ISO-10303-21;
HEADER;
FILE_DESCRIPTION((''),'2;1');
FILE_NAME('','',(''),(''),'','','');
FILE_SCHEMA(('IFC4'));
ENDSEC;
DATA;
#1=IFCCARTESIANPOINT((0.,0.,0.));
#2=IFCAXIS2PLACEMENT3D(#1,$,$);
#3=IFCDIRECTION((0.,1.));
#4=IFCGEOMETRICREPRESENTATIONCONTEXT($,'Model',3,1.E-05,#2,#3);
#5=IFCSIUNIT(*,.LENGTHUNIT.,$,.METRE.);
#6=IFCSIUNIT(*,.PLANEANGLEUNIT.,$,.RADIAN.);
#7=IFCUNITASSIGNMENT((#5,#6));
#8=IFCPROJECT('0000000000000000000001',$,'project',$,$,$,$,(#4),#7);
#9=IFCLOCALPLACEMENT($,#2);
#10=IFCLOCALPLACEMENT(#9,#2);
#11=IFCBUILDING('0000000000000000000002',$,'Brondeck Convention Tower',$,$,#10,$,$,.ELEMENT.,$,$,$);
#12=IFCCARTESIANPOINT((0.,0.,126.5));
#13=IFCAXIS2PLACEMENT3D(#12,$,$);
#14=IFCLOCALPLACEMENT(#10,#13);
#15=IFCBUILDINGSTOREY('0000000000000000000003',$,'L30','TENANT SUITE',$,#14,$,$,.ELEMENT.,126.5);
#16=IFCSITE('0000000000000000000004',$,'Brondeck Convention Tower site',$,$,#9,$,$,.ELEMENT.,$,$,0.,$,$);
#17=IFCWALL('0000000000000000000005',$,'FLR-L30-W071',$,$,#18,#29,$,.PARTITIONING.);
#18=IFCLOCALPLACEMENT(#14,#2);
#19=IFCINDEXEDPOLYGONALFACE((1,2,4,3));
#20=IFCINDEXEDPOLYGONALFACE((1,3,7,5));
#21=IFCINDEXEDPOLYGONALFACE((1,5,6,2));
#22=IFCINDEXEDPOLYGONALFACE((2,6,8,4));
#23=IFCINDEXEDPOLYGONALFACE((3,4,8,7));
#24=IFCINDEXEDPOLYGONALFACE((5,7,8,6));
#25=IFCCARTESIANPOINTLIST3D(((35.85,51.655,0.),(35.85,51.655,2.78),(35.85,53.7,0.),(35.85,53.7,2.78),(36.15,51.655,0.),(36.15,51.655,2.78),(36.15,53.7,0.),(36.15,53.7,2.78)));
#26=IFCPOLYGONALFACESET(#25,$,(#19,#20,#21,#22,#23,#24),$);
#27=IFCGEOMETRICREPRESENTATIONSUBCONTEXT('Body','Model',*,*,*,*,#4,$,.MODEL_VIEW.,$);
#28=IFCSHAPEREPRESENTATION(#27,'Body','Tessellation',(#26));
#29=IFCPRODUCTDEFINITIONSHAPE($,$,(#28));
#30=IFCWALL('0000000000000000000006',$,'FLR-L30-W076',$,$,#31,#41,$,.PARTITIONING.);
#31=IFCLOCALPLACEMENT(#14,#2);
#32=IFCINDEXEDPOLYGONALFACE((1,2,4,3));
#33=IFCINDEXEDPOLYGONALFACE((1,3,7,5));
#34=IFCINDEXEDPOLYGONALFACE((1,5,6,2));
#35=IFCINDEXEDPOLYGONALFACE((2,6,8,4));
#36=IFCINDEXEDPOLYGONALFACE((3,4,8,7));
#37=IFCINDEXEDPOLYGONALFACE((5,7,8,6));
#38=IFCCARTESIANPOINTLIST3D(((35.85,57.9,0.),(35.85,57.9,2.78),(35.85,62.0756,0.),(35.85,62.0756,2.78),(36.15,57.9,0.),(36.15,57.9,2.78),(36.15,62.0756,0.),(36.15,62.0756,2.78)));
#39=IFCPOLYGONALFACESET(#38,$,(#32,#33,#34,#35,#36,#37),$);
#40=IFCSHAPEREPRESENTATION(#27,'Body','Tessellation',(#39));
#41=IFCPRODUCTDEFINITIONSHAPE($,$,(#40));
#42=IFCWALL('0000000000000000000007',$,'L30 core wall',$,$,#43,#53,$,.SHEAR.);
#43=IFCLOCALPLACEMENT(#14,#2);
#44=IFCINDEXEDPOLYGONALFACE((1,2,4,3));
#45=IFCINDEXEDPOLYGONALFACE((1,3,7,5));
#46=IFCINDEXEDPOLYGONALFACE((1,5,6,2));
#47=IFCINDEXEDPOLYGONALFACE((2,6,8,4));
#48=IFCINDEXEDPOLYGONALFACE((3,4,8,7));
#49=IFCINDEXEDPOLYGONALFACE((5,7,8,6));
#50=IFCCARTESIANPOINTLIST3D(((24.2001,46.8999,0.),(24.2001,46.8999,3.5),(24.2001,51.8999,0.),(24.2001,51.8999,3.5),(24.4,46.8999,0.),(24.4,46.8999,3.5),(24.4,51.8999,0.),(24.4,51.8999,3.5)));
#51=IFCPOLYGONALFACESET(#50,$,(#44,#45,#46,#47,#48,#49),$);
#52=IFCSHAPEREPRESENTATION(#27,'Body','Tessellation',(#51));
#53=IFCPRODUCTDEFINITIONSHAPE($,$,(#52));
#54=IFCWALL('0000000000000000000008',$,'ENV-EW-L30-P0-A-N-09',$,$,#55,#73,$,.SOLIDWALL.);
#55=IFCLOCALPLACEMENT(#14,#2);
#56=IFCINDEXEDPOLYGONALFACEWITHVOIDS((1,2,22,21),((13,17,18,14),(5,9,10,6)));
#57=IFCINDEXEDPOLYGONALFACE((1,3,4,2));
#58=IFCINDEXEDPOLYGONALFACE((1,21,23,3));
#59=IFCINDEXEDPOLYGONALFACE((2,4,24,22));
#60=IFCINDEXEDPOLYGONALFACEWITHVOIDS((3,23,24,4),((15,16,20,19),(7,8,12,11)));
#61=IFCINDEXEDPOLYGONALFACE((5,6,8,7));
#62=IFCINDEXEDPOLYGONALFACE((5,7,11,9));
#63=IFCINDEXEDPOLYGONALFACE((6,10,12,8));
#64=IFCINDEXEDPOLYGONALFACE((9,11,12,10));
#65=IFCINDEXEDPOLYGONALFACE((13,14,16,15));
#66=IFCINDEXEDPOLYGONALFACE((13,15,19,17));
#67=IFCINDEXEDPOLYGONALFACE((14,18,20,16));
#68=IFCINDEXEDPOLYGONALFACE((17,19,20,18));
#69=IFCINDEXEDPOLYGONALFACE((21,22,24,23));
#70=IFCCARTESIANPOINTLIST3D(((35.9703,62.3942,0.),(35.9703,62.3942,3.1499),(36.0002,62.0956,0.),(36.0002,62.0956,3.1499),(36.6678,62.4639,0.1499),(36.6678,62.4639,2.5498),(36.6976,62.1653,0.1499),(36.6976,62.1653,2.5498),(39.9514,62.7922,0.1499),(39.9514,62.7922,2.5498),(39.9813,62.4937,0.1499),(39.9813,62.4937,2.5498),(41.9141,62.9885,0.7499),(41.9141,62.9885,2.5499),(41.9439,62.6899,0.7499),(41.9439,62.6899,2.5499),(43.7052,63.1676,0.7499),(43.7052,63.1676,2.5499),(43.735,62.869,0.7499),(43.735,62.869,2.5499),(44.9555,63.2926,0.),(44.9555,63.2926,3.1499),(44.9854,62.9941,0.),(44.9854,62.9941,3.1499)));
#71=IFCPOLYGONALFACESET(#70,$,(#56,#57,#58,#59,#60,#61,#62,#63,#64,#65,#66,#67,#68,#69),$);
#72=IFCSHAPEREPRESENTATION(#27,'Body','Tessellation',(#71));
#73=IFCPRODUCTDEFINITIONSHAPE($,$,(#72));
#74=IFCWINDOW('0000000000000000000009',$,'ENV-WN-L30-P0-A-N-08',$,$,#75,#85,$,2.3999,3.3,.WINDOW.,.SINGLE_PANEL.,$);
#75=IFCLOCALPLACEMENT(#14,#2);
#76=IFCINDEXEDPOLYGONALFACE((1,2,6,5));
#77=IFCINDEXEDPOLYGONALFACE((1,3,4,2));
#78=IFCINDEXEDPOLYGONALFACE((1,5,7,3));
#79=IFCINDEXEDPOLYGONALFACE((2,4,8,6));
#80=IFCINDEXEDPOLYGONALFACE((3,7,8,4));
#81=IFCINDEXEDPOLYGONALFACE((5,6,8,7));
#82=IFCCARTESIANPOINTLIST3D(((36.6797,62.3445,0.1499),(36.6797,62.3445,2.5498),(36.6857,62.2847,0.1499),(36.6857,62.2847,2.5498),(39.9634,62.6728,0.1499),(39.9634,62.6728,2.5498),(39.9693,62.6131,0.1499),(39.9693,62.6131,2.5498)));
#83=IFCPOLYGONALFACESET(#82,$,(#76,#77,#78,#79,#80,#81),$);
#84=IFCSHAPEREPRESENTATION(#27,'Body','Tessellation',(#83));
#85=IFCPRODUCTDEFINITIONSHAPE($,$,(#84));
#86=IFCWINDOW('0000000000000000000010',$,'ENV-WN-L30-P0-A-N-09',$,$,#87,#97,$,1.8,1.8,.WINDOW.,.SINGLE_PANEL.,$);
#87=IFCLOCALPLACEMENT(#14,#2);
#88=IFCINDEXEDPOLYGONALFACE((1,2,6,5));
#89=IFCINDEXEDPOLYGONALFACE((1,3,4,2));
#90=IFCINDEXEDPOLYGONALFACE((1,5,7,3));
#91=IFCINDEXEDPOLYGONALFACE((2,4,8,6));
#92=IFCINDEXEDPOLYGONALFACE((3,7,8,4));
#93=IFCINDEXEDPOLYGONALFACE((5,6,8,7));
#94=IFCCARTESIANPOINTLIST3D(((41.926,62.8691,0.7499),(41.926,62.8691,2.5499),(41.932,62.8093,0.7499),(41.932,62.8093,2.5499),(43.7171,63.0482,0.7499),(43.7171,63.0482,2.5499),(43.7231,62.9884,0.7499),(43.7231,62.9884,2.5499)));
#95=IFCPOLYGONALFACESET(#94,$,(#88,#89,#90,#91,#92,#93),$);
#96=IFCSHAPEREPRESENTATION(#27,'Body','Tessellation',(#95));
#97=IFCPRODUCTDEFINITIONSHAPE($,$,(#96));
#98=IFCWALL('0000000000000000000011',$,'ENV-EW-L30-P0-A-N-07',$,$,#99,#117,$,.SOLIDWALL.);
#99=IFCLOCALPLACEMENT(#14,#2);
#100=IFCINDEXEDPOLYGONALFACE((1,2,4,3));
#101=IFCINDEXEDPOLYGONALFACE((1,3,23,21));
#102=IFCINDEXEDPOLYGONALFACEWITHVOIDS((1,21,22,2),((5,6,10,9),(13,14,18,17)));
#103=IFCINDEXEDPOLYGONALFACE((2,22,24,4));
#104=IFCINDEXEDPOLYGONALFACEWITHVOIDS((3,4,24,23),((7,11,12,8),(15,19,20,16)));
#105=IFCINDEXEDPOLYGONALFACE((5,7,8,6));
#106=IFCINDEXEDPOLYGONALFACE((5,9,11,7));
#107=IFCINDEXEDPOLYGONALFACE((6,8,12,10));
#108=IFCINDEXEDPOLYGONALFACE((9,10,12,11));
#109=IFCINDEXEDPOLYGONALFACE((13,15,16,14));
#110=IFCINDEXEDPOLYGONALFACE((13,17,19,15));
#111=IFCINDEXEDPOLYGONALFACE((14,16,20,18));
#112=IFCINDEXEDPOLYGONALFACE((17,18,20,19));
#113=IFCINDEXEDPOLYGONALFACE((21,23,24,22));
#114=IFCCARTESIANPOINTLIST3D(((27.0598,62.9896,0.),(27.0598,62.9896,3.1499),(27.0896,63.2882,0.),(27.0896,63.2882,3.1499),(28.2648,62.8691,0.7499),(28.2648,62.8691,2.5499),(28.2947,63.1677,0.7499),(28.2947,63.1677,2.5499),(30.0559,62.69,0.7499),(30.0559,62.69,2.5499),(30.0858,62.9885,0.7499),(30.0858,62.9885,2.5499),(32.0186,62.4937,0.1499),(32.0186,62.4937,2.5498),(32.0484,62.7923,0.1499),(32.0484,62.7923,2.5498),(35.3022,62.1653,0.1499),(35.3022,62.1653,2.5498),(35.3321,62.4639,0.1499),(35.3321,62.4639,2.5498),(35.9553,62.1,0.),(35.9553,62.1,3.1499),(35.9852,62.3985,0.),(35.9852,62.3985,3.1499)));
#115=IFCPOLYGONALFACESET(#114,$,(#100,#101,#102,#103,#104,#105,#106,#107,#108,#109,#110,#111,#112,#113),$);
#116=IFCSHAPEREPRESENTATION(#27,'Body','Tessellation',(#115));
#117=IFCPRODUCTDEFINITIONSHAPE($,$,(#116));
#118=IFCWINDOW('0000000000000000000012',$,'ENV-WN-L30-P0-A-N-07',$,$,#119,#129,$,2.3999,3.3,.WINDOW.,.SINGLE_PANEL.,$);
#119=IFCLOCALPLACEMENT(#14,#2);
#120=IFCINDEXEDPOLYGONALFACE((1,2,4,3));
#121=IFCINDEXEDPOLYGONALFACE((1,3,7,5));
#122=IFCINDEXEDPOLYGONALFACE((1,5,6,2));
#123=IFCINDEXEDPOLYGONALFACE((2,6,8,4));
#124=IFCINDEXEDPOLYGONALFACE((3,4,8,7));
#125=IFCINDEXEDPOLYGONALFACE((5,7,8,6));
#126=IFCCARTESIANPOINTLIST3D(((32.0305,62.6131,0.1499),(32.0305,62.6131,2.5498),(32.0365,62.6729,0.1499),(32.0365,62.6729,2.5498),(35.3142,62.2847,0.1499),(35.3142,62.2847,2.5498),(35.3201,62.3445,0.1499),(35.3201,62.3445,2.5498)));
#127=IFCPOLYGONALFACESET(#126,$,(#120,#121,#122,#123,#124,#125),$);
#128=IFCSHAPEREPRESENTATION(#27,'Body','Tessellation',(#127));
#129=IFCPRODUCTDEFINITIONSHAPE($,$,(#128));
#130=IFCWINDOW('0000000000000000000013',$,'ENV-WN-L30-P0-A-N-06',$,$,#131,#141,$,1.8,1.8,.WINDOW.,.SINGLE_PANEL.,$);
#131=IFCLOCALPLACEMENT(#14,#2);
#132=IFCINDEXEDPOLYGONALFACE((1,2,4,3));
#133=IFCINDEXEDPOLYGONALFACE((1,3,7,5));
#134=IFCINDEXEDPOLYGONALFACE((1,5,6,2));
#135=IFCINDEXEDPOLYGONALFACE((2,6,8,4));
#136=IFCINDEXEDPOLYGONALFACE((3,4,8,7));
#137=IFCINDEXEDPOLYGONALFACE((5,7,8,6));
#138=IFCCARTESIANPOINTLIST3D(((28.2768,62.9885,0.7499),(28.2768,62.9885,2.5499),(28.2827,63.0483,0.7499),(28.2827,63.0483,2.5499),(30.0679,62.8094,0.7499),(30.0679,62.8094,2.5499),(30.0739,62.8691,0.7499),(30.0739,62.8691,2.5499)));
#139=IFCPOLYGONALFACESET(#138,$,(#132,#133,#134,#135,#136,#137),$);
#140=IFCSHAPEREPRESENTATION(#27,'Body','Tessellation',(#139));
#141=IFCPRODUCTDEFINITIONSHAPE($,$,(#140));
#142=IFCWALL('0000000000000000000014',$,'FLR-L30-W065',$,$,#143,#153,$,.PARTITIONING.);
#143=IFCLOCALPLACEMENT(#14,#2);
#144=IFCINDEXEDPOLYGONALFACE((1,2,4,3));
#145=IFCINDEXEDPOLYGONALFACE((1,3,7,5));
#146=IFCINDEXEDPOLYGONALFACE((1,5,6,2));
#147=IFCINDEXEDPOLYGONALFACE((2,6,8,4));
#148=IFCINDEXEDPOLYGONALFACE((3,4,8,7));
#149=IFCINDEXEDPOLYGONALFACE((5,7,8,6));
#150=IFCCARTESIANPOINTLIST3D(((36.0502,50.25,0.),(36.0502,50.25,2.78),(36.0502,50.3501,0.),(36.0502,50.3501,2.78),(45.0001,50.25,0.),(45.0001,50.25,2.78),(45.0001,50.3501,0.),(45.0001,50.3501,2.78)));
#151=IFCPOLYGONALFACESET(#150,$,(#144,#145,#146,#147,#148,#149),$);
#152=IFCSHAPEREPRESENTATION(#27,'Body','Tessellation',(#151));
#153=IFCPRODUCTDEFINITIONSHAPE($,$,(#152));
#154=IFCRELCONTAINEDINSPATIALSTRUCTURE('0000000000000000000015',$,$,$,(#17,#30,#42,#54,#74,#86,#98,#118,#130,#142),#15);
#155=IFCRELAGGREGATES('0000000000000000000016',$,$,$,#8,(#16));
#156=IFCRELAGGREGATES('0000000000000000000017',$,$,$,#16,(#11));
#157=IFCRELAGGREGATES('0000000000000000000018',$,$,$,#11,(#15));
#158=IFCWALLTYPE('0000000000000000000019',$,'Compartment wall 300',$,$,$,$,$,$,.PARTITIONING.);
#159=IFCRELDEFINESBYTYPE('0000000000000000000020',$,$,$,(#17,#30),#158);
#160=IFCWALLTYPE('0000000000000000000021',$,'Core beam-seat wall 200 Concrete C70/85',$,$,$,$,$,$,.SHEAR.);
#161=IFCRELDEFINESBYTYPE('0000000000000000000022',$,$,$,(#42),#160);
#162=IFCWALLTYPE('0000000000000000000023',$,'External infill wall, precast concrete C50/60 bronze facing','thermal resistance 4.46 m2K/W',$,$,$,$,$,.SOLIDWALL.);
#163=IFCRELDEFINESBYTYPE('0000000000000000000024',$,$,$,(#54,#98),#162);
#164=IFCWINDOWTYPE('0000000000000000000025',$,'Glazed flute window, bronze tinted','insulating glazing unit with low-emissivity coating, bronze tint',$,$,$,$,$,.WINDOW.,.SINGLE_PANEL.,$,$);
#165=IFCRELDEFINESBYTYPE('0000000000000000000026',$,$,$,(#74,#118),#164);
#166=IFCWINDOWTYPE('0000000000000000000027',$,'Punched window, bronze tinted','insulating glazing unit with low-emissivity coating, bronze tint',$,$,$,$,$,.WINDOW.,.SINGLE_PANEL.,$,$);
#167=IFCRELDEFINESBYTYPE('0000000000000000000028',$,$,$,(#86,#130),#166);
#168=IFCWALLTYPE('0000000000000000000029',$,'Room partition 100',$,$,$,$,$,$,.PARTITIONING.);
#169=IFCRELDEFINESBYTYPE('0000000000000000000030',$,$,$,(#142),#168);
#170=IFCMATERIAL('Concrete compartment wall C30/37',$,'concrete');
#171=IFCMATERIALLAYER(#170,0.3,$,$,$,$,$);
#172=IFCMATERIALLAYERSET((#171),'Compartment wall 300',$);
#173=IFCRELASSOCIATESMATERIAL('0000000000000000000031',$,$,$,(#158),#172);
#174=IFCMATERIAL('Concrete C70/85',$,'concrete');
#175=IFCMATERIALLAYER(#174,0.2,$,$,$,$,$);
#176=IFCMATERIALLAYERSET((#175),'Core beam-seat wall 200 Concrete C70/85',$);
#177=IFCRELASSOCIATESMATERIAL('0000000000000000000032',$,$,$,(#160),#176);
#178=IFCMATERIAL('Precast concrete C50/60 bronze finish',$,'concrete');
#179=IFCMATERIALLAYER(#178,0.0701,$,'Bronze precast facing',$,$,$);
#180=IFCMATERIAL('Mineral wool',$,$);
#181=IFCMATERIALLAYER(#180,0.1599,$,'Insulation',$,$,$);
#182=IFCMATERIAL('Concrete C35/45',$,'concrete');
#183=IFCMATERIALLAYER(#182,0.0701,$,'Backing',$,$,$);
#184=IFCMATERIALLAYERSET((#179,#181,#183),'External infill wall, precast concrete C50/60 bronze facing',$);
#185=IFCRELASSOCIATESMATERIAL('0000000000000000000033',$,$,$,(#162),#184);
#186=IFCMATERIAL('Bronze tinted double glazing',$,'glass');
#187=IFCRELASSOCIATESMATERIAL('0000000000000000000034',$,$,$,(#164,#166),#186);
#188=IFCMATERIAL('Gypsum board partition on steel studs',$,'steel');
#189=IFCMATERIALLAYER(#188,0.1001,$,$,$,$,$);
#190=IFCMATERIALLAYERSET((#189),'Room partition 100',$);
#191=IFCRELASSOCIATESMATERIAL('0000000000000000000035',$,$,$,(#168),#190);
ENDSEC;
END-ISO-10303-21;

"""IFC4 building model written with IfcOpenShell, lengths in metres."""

from ifc_helpers import new_model, si_unit, direction, frame, frame_2d, origin, place, context, subcontext, project, spatial, rectangle, extrude, material, layer, layer_set, type_object, element, fill, save


model = new_model("IFC4")

# Units and contexts
model_context = context("Model", 3, precision=1e-05, world=origin(), true_north=direction((0.0, 1.0)))
body_context = subcontext(model_context, "Body", "Model", "MODEL_VIEW")
ifc_project = project(units=[si_unit("LENGTHUNIT", "METRE"), si_unit("PLANEANGLEUNIT", "RADIAN")], contexts=[model_context])

# Site, building, storey
site_placement = place(None, origin())
site = spatial("IfcSite", under=ifc_project, at=site_placement, Name="Brondeck Convention Tower site", CompositionType="ELEMENT", RefElevation=0.0)
building_placement = place(site_placement, origin())
building = spatial("IfcBuilding", under=site, at=building_placement, Name="Brondeck Convention Tower", CompositionType="ELEMENT")
storey_placement = place(building_placement, frame((0.0, 0.0, 126.5)))
storey = spatial("IfcBuildingStorey", under=building, at=storey_placement, Name="L30", Description="TENANT SUITE", CompositionType="ELEMENT", Elevation=126.5)

# Shared definitions
ifc_material_1 = material(Name="Concrete C70/85", Category="concrete")

# Walls
ifc_material_2 = material(Name="Concrete compartment wall C30/37", Category="concrete")
ifc_layer_1 = layer(ifc_material_2, 0.3)
ifc_layer_set_1 = layer_set([ifc_layer_1], Name="Compartment wall 300")
wall_type_1 = type_object("IfcWallType", Name="Compartment wall 300", PredefinedType="PARTITIONING", material=ifc_layer_set_1)
wall_1_placement = place(storey_placement, frame((36.0, 51.655, 0.0), z_axis=(0.0, 0.0, 1.0), x_axis=(0.0, 1.0, 0.0)))
element("IfcWall", 1, at=wall_1_placement, inside=storey, type_object=wall_type_1, Name="FLR-L30-W071", PredefinedType="PARTITIONING", context=body_context, shape_type="SweptSolid", body=[
    extrude(rectangle(XDim=2.0449, YDim=0.3, at=frame_2d((1.0225, 0.0))), origin(), (0.0, 0.0, 1.0), 2.78),
])
wall_2_placement = place(storey_placement, frame((36.0, 57.8999, 0.0), z_axis=(0.0, 0.0, 1.0), x_axis=(0.0, 1.0, 0.0)))
element("IfcWall", 2, at=wall_2_placement, inside=storey, type_object=wall_type_1, Name="FLR-L30-W076", PredefinedType="PARTITIONING", context=body_context, shape_type="SweptSolid", body=[
    extrude(rectangle(XDim=4.1755, YDim=0.3, at=frame_2d((2.0879, 0.0))), origin(), (0.0, 0.0, 1.0), 2.78),
])
ifc_layer_2 = layer(ifc_material_1, 0.2)
ifc_layer_set_2 = layer_set([ifc_layer_2], Name="Core beam-seat wall 200 Concrete C70/85")
wall_type_2 = type_object("IfcWallType", Name="Core beam-seat wall 200 Concrete C70/85", PredefinedType="SHEAR", material=ifc_layer_set_2)
wall_3_placement = place(storey_placement, frame((24.3, 46.8999, 0.0), z_axis=(0.0, 0.0, 1.0), x_axis=(0.0, 1.0, 0.0)))
element("IfcWall", 3, at=wall_3_placement, inside=storey, type_object=wall_type_2, Name="L30 core wall", PredefinedType="SHEAR", context=body_context, shape_type="SweptSolid", body=[
    extrude(rectangle(XDim=5.0, YDim=0.2, at=frame_2d((2.5, 0.0))), origin(), (0.0, 0.0, 1.0), 3.5),
])

# Walls, openings, windows
ifc_material_3 = material(Name="Precast concrete C50/60 bronze finish", Category="concrete")
ifc_layer_3 = layer(ifc_material_3, 0.0701, Name="Bronze precast facing")
ifc_material_4 = material(Name="Mineral wool")
ifc_layer_4 = layer(ifc_material_4, 0.1599, Name="Insulation")
ifc_material_5 = material(Name="Concrete C35/45", Category="concrete")
ifc_layer_5 = layer(ifc_material_5, 0.0701, Name="Backing")
ifc_layer_set_3 = layer_set([ifc_layer_3, ifc_layer_4, ifc_layer_5], Name="External infill wall, precast concrete C50/60 bronze facing")
wall_type_3 = type_object("IfcWallType", Name="External infill wall, precast concrete C50/60 bronze facing", Description="thermal resistance 4.46 m2K/W", PredefinedType="SOLIDWALL", material=ifc_layer_set_3)
wall_4_placement = place(storey_placement, frame((35.9851, 62.2449, 0.0), z_axis=(0.0, 0.0, 1.0), x_axis=(0.995038, 0.099496, 0.0)))
wall_4 = element("IfcWall", 4, at=wall_4_placement, inside=storey, type_object=wall_type_3, Name="ENV-EW-L30-P0-A-N-09", PredefinedType="SOLIDWALL", context=body_context, shape_type="SweptSolid", body=[
    extrude(rectangle(XDim=9.03, YDim=0.3, at=frame_2d((4.5151, 0.0))), origin(), (0.0, 0.0, 1.0), 3.1499),
])
opening_1_placement = place(wall_4_placement, frame((0.7012, 0.0, 0.1499)))
opening_1 = element("IfcOpeningElement", 5, at=opening_1_placement, cuts=wall_4, PredefinedType="OPENING", context=body_context, shape_type="SweptSolid", body=[
    extrude(rectangle(XDim=3.3, YDim=2.3999, at=frame_2d((1.6499, 1.2))), frame((0.0, 0.1599, 0.0), z_axis=(0.0, -1.0, 0.0), x_axis=(1.0, 0.0, 0.0)), (0.0, 0.0, 1.0), 0.3201),
])
opening_2_placement = place(wall_4_placement, frame((5.9736, 0.0, 0.75)))
opening_2 = element("IfcOpeningElement", 6, at=opening_2_placement, cuts=wall_4, PredefinedType="OPENING", context=body_context, shape_type="SweptSolid", body=[
    extrude(rectangle(XDim=1.8, YDim=1.8, at=frame_2d((0.8999, 0.8999))), frame((0.0, 0.1599, 0.0), z_axis=(0.0, -1.0, 0.0), x_axis=(1.0, 0.0, 0.0)), (0.0, 0.0, 1.0), 0.3201),
])
ifc_material_6 = material(Name="Bronze tinted double glazing", Category="glass")
window_type_1 = type_object("IfcWindowType", Name="Glazed flute window, bronze tinted", Description="insulating glazing unit with low-emissivity coating, bronze tint", PartitioningType="SINGLE_PANEL", PredefinedType="WINDOW", material=ifc_material_6)
window_1_placement = place(opening_1_placement, origin())
window_1 = element("IfcWindow", 7, at=window_1_placement, inside=storey, type_object=window_type_1, Name="ENV-WN-L30-P0-A-N-08", OverallHeight=2.3999, OverallWidth=3.3, PartitioningType="SINGLE_PANEL", PredefinedType="WINDOW", context=body_context, shape_type="SweptSolid", body=[
    extrude(rectangle(XDim=3.3, YDim=2.3999, at=frame_2d((1.6499, 1.2))), frame((0.0, 0.03, 0.0), z_axis=(0.0, -1.0, 0.0), x_axis=(1.0, 0.0, 0.0)), (0.0, 0.0, 1.0), 0.0601),
])
fill(opening_1, window_1)
window_type_2 = type_object("IfcWindowType", Name="Punched window, bronze tinted", Description="insulating glazing unit with low-emissivity coating, bronze tint", PartitioningType="SINGLE_PANEL", PredefinedType="WINDOW", material=ifc_material_6)
window_2_placement = place(opening_2_placement, origin())
window_2 = element("IfcWindow", 8, at=window_2_placement, inside=storey, type_object=window_type_2, Name="ENV-WN-L30-P0-A-N-09", OverallHeight=1.8, OverallWidth=1.8, PartitioningType="SINGLE_PANEL", PredefinedType="WINDOW", context=body_context, shape_type="SweptSolid", body=[
    extrude(rectangle(XDim=1.8, YDim=1.8, at=frame_2d((0.8999, 0.8999))), frame((0.0, 0.03, 0.0), z_axis=(0.0, -1.0, 0.0), x_axis=(1.0, 0.0, 0.0)), (0.0, 0.0, 1.0), 0.0601),
])
fill(opening_2, window_2)
wall_5_placement = place(storey_placement, frame((27.0747, 63.1389, 0.0), z_axis=(0.0, 0.0, 1.0), x_axis=(0.995036, -0.099515, 0.0)))
wall_5 = element("IfcWall", 9, at=wall_5_placement, inside=storey, type_object=wall_type_3, Name="ENV-EW-L30-P0-A-N-07", PredefinedType="SOLIDWALL", context=body_context, shape_type="SweptSolid", body=[
    extrude(rectangle(XDim=8.9399, YDim=0.3, at=frame_2d((4.47, 0.0))), origin(), (0.0, 0.0, 1.0), 3.1499),
])
opening_3_placement = place(wall_5_placement, frame((1.2112, 0.0, 0.75)))
opening_3 = element("IfcOpeningElement", 10, at=opening_3_placement, cuts=wall_5, PredefinedType="OPENING", context=body_context, shape_type="SweptSolid", body=[
    extrude(rectangle(XDim=1.8, YDim=1.8, at=frame_2d((0.8999, 0.8999))), frame((0.0, 0.1599, 0.0), z_axis=(0.0, -1.0, 0.0), x_axis=(1.0, 0.0, 0.0)), (0.0, 0.0, 1.0), 0.3201),
])
opening_4_placement = place(wall_5_placement, frame((4.9836, 0.0, 0.1499)))
opening_4 = element("IfcOpeningElement", 11, at=opening_4_placement, cuts=wall_5, PredefinedType="OPENING", context=body_context, shape_type="SweptSolid", body=[
    extrude(rectangle(XDim=3.3, YDim=2.3999, at=frame_2d((1.6499, 1.2))), frame((0.0, 0.1599, 0.0), z_axis=(0.0, -1.0, 0.0), x_axis=(1.0, 0.0, 0.0)), (0.0, 0.0, 1.0), 0.3201),
])
window_3_placement = place(opening_4_placement, origin())
window_3 = element("IfcWindow", 12, at=window_3_placement, inside=storey, type_object=window_type_1, Name="ENV-WN-L30-P0-A-N-07", OverallHeight=2.3999, OverallWidth=3.3, PartitioningType="SINGLE_PANEL", PredefinedType="WINDOW", context=body_context, shape_type="SweptSolid", body=[
    extrude(rectangle(XDim=3.3, YDim=2.3999, at=frame_2d((1.6499, 1.2))), frame((0.0, 0.03, 0.0), z_axis=(0.0, -1.0, 0.0), x_axis=(1.0, 0.0, 0.0)), (0.0, 0.0, 1.0), 0.0601),
])
fill(opening_4, window_3)
window_4_placement = place(opening_3_placement, origin())
window_4 = element("IfcWindow", 13, at=window_4_placement, inside=storey, type_object=window_type_2, Name="ENV-WN-L30-P0-A-N-06", OverallHeight=1.8, OverallWidth=1.8, PartitioningType="SINGLE_PANEL", PredefinedType="WINDOW", context=body_context, shape_type="SweptSolid", body=[
    extrude(rectangle(XDim=1.8, YDim=1.8, at=frame_2d((0.8999, 0.8999))), frame((0.0, 0.03, 0.0), z_axis=(0.0, -1.0, 0.0), x_axis=(1.0, 0.0, 0.0)), (0.0, 0.0, 1.0), 0.0601),
])
fill(opening_3, window_4)

# Wall
ifc_material_7 = material(Name="Gypsum board partition on steel studs", Category="steel")
ifc_layer_6 = layer(ifc_material_7, 0.1001)
ifc_layer_set_4 = layer_set([ifc_layer_6], Name="Room partition 100")
wall_type_4 = type_object("IfcWallType", Name="Room partition 100", PredefinedType="PARTITIONING", material=ifc_layer_set_4)
wall_6_placement = place(storey_placement, frame((36.05, 50.3, 0.0), z_axis=(0.0, 0.0, 1.0), x_axis=(1.0, 0.0, 0.0)))
element("IfcWall", 14, at=wall_6_placement, inside=storey, type_object=wall_type_4, Name="FLR-L30-W065", PredefinedType="PARTITIONING", context=body_context, shape_type="SweptSolid", body=[
    extrude(rectangle(XDim=8.95, YDim=0.1001, at=frame_2d((4.4751, 0.0))), origin(), (0.0, 0.0, 1.0), 2.78),
])

save(model, "model.ifc")
